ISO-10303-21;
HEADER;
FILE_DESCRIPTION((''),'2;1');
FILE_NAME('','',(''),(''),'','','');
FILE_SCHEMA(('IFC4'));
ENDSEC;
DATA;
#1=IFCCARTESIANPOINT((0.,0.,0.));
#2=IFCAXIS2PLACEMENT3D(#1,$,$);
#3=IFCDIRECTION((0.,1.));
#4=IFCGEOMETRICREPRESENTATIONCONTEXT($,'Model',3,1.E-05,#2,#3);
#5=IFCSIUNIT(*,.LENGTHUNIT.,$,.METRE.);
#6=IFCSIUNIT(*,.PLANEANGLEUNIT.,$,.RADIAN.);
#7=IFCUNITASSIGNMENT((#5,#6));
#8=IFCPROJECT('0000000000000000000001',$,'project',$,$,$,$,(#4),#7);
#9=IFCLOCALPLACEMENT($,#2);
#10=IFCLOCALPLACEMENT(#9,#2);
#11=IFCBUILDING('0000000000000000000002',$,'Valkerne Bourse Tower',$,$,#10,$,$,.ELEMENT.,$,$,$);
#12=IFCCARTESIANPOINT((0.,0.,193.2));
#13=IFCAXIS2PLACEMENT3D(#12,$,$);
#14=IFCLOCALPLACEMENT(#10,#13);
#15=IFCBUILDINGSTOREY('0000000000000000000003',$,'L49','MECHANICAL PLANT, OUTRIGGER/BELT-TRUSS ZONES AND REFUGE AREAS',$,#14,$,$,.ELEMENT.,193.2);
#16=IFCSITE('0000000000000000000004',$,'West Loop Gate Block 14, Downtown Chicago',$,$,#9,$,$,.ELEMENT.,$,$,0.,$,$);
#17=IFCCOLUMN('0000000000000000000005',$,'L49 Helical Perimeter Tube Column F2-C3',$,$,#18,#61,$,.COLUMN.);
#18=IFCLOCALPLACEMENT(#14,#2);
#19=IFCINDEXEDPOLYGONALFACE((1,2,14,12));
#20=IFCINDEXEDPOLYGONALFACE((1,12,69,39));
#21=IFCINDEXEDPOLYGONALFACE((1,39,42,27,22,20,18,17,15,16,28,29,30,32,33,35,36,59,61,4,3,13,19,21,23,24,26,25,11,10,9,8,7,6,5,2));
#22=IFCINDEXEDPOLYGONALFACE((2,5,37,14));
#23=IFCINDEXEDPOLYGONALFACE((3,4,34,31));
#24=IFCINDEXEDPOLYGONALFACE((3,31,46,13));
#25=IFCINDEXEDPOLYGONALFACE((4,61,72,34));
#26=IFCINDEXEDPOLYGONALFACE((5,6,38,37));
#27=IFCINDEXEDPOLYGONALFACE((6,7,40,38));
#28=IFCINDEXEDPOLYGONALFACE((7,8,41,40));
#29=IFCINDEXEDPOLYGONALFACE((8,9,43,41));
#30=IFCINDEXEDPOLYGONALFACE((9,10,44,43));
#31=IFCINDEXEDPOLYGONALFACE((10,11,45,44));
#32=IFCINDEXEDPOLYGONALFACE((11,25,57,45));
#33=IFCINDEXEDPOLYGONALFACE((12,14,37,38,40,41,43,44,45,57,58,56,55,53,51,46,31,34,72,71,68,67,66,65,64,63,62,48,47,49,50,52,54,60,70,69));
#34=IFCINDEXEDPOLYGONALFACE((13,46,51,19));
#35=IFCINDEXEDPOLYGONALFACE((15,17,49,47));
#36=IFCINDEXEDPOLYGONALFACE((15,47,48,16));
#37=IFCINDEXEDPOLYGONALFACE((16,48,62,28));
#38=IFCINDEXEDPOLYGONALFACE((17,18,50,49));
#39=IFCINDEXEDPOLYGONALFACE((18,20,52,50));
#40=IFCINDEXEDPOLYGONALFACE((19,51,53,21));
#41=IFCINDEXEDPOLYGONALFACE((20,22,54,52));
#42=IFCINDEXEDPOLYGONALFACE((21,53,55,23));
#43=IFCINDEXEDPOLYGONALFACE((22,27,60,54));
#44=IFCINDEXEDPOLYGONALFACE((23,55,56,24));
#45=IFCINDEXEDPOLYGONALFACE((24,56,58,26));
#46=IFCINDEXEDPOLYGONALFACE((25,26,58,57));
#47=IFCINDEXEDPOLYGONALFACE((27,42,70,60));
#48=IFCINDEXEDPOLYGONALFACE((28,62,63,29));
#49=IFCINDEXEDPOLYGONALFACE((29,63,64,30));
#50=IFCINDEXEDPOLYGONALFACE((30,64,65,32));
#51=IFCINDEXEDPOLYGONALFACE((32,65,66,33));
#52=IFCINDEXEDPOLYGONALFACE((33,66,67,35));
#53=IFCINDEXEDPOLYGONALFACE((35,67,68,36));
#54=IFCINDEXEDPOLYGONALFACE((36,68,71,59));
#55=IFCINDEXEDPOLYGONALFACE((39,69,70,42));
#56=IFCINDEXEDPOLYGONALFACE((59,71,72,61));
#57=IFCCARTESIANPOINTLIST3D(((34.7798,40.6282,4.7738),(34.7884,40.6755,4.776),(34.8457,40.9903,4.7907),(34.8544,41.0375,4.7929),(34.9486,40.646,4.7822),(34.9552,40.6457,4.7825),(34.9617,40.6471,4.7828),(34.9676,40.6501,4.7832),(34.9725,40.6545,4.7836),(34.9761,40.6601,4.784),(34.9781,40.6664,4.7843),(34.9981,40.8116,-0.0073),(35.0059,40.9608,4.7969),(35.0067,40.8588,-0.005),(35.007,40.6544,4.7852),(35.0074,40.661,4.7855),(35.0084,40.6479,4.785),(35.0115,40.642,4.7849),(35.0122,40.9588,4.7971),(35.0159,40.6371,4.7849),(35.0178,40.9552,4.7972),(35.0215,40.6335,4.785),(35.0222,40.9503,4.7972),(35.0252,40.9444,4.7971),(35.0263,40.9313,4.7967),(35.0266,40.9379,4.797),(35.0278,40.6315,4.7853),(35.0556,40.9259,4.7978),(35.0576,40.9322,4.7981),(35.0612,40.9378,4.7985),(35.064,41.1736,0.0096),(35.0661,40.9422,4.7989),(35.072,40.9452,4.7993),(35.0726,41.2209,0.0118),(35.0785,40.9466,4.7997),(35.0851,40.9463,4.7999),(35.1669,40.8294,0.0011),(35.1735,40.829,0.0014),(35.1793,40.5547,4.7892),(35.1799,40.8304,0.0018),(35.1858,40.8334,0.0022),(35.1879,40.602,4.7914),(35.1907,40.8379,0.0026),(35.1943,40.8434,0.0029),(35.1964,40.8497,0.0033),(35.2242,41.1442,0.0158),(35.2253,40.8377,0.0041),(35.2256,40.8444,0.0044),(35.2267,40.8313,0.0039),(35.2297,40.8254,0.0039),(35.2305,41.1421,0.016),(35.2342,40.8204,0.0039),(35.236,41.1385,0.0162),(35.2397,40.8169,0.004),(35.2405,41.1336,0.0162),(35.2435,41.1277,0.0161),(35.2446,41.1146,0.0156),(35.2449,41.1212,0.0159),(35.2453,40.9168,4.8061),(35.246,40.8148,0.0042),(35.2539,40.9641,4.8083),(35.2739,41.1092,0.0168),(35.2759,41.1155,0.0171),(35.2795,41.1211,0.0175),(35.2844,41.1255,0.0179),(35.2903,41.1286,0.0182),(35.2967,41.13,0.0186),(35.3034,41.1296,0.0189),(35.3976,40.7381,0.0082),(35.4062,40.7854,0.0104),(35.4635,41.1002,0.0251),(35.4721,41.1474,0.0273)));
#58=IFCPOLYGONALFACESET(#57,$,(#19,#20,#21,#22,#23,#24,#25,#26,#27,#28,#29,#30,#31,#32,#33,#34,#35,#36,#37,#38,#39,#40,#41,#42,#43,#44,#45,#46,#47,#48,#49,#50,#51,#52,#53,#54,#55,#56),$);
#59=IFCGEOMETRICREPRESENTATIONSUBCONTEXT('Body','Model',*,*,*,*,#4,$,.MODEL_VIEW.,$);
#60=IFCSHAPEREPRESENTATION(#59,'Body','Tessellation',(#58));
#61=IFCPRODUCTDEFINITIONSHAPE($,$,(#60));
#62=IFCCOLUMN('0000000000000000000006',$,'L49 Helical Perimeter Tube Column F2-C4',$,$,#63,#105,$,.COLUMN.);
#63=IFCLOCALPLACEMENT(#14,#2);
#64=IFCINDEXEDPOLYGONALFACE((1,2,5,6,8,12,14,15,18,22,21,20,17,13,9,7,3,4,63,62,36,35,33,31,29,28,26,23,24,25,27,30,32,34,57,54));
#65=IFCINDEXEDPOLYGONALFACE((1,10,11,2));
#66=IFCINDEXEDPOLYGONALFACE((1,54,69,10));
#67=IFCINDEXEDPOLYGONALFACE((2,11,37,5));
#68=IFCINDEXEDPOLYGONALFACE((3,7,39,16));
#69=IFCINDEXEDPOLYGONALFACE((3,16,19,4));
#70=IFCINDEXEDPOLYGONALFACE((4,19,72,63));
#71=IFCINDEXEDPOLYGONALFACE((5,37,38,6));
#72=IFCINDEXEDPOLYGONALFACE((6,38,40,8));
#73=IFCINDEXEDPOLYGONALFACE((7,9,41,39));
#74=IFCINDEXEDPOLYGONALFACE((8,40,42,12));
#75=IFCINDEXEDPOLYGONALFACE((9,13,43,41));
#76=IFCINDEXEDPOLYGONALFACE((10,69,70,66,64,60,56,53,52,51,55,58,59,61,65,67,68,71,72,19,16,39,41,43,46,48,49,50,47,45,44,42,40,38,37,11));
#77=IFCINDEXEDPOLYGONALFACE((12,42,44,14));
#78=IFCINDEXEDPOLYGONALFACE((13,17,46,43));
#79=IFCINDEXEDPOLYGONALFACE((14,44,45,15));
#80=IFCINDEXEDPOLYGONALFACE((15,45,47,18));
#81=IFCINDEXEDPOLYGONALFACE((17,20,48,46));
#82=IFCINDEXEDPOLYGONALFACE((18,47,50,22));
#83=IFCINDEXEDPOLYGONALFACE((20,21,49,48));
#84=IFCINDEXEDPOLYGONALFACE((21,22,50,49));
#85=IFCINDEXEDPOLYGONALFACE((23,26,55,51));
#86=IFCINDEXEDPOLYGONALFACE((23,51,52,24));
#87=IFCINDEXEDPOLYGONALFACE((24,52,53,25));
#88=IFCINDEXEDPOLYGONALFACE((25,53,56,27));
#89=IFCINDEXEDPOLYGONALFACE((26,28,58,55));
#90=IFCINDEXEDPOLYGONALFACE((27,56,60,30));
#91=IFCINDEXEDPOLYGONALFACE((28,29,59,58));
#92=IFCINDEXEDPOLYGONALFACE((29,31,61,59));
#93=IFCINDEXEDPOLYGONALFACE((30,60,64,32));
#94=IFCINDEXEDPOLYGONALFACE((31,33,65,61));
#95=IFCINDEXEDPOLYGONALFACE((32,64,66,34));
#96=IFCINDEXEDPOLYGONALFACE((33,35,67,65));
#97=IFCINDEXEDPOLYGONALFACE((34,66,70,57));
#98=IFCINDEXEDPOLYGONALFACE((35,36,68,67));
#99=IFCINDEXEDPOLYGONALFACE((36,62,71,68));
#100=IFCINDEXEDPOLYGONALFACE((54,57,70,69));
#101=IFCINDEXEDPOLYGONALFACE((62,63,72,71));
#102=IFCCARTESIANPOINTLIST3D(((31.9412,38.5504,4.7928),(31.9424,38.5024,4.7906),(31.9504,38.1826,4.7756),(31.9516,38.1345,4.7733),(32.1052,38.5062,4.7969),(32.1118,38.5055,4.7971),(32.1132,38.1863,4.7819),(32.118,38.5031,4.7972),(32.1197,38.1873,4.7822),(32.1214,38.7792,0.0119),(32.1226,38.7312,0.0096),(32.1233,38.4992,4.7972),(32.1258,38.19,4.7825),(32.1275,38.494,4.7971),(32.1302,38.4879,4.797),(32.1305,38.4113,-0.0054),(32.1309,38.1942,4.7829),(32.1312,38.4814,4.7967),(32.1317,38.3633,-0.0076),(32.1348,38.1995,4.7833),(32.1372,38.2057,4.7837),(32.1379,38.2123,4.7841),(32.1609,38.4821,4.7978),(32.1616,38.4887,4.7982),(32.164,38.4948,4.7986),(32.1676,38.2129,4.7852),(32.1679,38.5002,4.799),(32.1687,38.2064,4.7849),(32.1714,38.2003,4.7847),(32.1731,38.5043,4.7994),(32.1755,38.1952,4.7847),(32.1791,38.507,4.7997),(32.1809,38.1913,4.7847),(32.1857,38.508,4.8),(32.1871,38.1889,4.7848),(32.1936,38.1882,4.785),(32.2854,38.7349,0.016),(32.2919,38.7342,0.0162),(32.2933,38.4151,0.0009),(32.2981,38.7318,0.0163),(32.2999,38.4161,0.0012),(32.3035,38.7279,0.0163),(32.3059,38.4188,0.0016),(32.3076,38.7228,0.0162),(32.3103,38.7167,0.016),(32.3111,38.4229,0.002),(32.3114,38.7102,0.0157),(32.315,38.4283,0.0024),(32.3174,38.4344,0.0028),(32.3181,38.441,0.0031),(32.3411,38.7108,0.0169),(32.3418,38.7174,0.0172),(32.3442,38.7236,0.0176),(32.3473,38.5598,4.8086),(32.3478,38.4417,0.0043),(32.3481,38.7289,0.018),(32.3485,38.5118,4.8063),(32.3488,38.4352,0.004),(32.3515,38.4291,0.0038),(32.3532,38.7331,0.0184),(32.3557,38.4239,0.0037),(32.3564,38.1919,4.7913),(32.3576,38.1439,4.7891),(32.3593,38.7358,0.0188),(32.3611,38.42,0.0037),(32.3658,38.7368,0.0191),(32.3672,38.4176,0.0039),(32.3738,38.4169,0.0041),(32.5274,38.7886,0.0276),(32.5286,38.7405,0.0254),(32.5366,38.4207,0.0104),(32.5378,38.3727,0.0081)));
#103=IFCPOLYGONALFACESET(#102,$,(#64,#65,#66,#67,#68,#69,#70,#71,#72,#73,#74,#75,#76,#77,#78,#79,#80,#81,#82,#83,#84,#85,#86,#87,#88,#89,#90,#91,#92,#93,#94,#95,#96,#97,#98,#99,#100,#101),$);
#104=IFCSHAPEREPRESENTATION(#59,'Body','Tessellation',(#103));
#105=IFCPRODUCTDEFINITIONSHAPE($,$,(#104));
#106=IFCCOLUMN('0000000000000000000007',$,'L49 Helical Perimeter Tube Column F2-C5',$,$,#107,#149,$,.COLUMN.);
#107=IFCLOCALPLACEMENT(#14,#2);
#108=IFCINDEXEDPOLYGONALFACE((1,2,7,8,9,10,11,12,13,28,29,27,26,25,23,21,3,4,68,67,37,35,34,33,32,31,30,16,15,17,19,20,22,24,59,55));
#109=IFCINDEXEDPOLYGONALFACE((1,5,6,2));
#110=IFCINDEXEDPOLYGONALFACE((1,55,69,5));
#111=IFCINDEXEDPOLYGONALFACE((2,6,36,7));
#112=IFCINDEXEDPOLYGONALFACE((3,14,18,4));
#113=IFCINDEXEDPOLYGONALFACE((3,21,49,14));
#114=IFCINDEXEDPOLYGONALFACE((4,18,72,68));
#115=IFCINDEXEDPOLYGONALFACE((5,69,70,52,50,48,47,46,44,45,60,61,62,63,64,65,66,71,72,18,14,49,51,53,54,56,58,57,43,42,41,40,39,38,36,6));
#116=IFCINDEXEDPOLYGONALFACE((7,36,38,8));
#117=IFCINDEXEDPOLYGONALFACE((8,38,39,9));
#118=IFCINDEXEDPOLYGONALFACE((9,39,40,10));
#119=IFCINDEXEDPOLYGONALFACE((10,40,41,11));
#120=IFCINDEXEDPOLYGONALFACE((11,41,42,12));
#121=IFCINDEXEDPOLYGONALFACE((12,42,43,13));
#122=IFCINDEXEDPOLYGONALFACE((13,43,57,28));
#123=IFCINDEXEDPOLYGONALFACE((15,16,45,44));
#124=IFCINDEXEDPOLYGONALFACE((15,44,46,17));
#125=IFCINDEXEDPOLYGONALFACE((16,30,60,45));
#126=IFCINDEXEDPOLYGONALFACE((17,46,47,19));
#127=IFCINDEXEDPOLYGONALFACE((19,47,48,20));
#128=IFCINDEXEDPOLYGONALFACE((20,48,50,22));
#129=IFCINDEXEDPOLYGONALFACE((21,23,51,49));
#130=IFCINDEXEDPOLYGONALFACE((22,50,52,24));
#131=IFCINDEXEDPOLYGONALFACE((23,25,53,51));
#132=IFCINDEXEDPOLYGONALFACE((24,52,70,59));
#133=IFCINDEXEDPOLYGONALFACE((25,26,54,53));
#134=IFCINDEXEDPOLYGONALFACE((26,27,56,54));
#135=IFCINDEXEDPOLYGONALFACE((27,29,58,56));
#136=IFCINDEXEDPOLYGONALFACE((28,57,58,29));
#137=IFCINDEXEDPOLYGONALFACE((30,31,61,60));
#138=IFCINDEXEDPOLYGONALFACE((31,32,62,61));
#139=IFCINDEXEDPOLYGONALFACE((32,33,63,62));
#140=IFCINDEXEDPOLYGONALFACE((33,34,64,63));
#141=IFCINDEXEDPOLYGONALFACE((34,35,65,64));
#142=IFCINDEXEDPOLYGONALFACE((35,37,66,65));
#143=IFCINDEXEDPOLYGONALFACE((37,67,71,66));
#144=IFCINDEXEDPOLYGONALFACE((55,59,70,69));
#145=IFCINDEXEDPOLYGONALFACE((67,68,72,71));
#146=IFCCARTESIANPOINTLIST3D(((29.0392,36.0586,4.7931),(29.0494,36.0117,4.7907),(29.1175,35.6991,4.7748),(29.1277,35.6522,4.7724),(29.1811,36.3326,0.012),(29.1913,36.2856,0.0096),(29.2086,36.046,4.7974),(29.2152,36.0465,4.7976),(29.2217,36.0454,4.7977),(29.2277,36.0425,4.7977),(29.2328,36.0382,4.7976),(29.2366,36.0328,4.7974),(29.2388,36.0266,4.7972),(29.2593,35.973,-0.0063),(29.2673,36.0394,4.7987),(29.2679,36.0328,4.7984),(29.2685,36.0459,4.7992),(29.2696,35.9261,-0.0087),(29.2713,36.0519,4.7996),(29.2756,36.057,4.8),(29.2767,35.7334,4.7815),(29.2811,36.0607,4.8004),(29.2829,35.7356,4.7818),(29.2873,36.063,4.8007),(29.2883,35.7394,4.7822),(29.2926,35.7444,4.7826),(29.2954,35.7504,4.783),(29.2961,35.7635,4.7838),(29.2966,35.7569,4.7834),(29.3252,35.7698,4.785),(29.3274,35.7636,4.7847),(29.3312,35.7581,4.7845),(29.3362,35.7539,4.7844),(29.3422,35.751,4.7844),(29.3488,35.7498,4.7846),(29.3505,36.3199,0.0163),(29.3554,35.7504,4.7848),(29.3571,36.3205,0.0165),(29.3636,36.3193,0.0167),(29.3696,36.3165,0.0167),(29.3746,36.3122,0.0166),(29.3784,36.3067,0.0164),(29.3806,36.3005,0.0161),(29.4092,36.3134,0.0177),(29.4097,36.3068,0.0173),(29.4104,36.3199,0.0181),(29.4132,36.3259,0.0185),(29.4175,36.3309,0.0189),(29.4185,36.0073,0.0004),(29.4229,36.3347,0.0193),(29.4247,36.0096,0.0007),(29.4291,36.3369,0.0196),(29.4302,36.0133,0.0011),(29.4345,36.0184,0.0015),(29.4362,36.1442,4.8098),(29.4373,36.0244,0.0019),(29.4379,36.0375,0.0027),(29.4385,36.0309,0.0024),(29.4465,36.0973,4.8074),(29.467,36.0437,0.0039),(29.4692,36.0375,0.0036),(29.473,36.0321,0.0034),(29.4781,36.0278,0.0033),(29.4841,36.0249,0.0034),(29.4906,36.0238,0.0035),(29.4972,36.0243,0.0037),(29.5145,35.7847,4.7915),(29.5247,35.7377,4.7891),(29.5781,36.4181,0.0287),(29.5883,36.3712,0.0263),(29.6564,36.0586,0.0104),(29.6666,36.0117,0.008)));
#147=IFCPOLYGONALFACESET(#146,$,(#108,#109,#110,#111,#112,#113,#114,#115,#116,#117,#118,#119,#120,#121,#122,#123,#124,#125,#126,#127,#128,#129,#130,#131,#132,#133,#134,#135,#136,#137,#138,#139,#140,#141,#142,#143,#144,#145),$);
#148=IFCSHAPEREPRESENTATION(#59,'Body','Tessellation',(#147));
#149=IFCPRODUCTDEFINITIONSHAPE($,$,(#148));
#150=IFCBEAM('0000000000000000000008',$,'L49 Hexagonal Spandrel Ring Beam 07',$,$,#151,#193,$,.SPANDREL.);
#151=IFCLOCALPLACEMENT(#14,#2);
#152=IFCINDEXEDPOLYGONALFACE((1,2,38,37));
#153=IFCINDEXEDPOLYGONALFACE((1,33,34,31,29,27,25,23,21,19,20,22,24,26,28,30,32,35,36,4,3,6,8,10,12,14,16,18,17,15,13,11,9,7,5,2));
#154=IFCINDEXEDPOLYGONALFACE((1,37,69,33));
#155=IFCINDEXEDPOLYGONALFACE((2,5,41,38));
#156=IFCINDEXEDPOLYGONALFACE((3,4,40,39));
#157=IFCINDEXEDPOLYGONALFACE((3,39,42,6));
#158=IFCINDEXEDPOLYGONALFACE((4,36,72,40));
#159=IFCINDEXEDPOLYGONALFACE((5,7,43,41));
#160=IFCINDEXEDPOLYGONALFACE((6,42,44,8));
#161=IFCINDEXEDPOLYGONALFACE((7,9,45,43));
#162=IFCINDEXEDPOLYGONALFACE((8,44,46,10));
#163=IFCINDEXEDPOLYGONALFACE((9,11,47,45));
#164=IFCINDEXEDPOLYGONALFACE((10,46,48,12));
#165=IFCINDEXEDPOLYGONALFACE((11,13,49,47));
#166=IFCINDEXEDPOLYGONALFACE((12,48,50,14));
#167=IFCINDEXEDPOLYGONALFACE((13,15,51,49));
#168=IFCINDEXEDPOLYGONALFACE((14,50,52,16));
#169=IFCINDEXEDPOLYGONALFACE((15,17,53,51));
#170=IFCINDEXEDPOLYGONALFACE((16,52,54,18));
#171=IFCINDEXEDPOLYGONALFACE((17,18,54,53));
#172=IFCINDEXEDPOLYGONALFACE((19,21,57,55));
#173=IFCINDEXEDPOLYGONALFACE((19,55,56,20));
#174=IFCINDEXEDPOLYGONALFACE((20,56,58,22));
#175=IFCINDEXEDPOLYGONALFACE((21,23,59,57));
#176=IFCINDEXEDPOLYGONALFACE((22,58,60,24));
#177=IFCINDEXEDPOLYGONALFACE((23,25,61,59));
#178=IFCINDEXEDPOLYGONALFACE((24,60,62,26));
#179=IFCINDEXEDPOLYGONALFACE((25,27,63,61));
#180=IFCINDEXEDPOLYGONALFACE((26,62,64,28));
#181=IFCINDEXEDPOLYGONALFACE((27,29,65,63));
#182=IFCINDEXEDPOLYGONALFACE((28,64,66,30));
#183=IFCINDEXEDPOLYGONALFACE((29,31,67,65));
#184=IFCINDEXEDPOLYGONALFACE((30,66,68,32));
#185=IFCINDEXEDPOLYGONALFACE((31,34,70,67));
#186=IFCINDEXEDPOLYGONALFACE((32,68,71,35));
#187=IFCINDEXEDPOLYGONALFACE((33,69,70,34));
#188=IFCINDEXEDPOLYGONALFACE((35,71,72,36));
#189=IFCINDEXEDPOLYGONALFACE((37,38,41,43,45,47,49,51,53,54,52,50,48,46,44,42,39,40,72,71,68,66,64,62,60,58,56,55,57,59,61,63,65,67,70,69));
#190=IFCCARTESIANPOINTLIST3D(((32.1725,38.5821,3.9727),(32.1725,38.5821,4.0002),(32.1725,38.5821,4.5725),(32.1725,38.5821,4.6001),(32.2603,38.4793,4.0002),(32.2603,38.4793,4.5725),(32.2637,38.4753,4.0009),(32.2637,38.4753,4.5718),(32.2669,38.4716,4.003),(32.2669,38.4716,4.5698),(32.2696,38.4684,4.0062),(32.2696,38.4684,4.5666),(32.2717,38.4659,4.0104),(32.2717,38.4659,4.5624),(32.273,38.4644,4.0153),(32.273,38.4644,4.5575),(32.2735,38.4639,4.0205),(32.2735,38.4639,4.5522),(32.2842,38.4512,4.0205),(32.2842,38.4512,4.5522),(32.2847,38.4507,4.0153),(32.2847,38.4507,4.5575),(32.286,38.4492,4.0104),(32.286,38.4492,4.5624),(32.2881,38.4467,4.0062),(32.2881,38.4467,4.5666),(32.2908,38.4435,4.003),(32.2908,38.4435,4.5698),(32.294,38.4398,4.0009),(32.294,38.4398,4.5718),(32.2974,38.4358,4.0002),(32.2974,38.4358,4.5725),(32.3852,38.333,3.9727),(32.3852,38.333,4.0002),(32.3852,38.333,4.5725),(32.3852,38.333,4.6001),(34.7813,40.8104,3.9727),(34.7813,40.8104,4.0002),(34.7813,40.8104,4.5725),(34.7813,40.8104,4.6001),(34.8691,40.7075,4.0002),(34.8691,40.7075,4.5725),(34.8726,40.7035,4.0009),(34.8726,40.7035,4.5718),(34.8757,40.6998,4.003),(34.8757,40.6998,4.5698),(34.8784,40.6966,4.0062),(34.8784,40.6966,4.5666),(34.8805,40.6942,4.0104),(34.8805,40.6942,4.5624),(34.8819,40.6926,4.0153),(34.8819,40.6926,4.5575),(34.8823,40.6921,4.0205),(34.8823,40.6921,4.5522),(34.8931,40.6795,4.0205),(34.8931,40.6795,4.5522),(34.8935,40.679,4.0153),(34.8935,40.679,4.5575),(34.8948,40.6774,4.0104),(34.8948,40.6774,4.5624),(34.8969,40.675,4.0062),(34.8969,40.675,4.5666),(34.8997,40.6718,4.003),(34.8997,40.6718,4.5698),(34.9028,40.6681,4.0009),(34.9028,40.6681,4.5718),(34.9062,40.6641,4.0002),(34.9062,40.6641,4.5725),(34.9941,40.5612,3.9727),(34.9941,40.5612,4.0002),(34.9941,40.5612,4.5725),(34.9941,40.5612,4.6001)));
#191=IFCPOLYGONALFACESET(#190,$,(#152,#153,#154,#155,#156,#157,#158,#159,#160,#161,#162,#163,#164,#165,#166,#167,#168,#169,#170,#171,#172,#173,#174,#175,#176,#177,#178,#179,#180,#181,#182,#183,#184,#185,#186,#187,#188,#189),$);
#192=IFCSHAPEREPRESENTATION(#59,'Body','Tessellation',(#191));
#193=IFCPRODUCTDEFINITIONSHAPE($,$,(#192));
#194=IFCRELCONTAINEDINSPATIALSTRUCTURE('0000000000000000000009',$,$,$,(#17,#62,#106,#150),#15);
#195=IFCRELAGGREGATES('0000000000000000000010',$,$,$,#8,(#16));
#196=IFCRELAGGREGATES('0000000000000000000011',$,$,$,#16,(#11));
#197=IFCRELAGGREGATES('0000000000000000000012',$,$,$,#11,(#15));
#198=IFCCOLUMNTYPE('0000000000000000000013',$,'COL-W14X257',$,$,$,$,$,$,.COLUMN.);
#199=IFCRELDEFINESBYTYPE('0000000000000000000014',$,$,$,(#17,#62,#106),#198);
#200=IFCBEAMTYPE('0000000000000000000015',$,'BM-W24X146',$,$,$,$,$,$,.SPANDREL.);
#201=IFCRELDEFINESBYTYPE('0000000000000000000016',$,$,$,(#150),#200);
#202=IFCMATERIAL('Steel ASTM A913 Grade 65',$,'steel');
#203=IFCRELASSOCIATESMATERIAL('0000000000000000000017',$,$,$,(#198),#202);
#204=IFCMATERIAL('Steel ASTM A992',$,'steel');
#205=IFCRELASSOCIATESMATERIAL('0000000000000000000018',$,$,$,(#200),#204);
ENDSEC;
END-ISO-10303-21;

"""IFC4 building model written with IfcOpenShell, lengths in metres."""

from ifc_helpers import new_model, si_unit, direction, frame, origin, origin_2d, place, context, subcontext, project, spatial, i_section, extrude, material, material_profile, profile_set, type_object, element, save


model = new_model("IFC4")

# Units and contexts
model_context = context("Model", 3, precision=1e-05, world=origin(), true_north=direction((0.0, 1.0)))
body_context = subcontext(model_context, "Body", "Model", "MODEL_VIEW")
ifc_project = project(units=[si_unit("LENGTHUNIT", "METRE"), si_unit("PLANEANGLEUNIT", "RADIAN")], contexts=[model_context])

# Site, building, storey
site_placement = place(None, origin())
site = spatial("IfcSite", under=ifc_project, at=site_placement, Name="West Loop Gate Block 14, Downtown Chicago", CompositionType="ELEMENT", RefElevation=0.0)
building_placement = place(site_placement, origin())
building = spatial("IfcBuilding", under=site, at=building_placement, Name="Valkerne Bourse Tower", CompositionType="ELEMENT")
storey_placement = place(building_placement, frame((0.0, 0.0, 193.2)))
storey = spatial("IfcBuildingStorey", under=building, at=storey_placement, Name="L49", Description="MECHANICAL PLANT, OUTRIGGER/BELT-TRUSS ZONES AND REFUGE AREAS", CompositionType="ELEMENT", Elevation=193.2)

# Columns
ifc_material_1 = material(Name="Steel ASTM A913 Grade 65", Category="steel")
ifc_material_profile_1 = material_profile(ifc_material_1, i_section(OverallWidth=0.4065, OverallDepth=0.4165, WebThickness=0.0298, FlangeThickness=0.0481, FilletRadius=0.0254, at=origin_2d()), Name="W14X257")
ifc_profile_set_1 = profile_set([ifc_material_profile_1], Name="Steel ASTM A913 Grade 65")
column_type = type_object("IfcColumnType", Name="COL-W14X257", PredefinedType="COLUMN", material=ifc_profile_set_1)
column_1_placement = place(storey_placement, frame((35.2351, 40.9795, 0.01), z_axis=(-0.045571, -0.038282, 0.998227), x_axis=(-0.982806, 0.180701, -0.037937)))
element("IfcColumn", 1, at=column_1_placement, inside=storey, type_object=column_type, Name="L49 Helical Perimeter Tube Column F2-C3", PredefinedType="COLUMN", context=body_context, shape_type="SweptSolid", body=[
    extrude(i_section(OverallWidth=0.4065, OverallDepth=0.4165, WebThickness=0.0298, FlangeThickness=0.0481, FilletRadius=0.0254, at=origin_2d()), origin(), (0.0, 0.0, 1.0), 4.7896),
])
column_2_placement = place(storey_placement, frame((32.3296, 38.5759, 0.01), z_axis=(-0.037616, -0.047759, 0.99815), x_axis=(-0.998982, -0.023075, -0.038752)))
element("IfcColumn", 2, at=column_2_placement, inside=storey, type_object=column_type, Name="L49 Helical Perimeter Tube Column F2-C4", PredefinedType="COLUMN", context=body_context, shape_type="SweptSolid", body=[
    extrude(i_section(OverallWidth=0.4065, OverallDepth=0.4165, WebThickness=0.0298, FlangeThickness=0.0481, FilletRadius=0.0254, at=origin_2d()), origin(), (0.0, 0.0, 1.0), 4.7898),
])
column_3_placement = place(storey_placement, frame((29.4238, 36.1721, 0.01), z_axis=(-0.029607, -0.057176, 0.997925), x_axis=(-0.97672, -0.210555, -0.041042)))
element("IfcColumn", 3, at=column_3_placement, inside=storey, type_object=column_type, Name="L49 Helical Perimeter Tube Column F2-C5", PredefinedType="COLUMN", context=body_context, shape_type="SweptSolid", body=[
    extrude(i_section(OverallWidth=0.4065, OverallDepth=0.4165, WebThickness=0.0298, FlangeThickness=0.0481, FilletRadius=0.0254, at=origin_2d()), origin(), (0.0, 0.0, 1.0), 4.791),
])

# Beam
ifc_material_2 = material(Name="Steel ASTM A992", Category="steel")
ifc_material_profile_2 = material_profile(ifc_material_2, i_section(OverallWidth=0.3276, OverallDepth=0.6274, WebThickness=0.0166, FlangeThickness=0.0276, FilletRadius=0.0203, at=origin_2d()), Name="W24X146")
ifc_profile_set_2 = profile_set([ifc_material_profile_2], Name="Steel ASTM A992")
beam_type_1 = type_object("IfcBeamType", Name="BM-W24X146", PredefinedType="SPANDREL", material=ifc_profile_set_2)
for number, where, z_axis, x_axis, name in (
    (4, (34.8877, 40.6858, 4.2864), (-0.760396, -0.64946, 0.0), (0.64946, -0.760396, 0.0), "L49 Hexagonal Spandrel Ring Beam 07"),
):
    element("IfcBeam", number, at=place(storey_placement, frame(where, z_axis=z_axis, x_axis=x_axis)), inside=storey, type_object=beam_type_1, Name=name, PredefinedType="SPANDREL", context=body_context, shape_type="SweptSolid", body=[
        extrude(i_section(OverallWidth=0.3276, OverallDepth=0.6274, WebThickness=0.0166, FlangeThickness=0.0276, FilletRadius=0.0203, at=origin_2d()), origin(), (0.0, 0.0, 1.0), 3.4309),
    ])

save(model, "model.ifc")
